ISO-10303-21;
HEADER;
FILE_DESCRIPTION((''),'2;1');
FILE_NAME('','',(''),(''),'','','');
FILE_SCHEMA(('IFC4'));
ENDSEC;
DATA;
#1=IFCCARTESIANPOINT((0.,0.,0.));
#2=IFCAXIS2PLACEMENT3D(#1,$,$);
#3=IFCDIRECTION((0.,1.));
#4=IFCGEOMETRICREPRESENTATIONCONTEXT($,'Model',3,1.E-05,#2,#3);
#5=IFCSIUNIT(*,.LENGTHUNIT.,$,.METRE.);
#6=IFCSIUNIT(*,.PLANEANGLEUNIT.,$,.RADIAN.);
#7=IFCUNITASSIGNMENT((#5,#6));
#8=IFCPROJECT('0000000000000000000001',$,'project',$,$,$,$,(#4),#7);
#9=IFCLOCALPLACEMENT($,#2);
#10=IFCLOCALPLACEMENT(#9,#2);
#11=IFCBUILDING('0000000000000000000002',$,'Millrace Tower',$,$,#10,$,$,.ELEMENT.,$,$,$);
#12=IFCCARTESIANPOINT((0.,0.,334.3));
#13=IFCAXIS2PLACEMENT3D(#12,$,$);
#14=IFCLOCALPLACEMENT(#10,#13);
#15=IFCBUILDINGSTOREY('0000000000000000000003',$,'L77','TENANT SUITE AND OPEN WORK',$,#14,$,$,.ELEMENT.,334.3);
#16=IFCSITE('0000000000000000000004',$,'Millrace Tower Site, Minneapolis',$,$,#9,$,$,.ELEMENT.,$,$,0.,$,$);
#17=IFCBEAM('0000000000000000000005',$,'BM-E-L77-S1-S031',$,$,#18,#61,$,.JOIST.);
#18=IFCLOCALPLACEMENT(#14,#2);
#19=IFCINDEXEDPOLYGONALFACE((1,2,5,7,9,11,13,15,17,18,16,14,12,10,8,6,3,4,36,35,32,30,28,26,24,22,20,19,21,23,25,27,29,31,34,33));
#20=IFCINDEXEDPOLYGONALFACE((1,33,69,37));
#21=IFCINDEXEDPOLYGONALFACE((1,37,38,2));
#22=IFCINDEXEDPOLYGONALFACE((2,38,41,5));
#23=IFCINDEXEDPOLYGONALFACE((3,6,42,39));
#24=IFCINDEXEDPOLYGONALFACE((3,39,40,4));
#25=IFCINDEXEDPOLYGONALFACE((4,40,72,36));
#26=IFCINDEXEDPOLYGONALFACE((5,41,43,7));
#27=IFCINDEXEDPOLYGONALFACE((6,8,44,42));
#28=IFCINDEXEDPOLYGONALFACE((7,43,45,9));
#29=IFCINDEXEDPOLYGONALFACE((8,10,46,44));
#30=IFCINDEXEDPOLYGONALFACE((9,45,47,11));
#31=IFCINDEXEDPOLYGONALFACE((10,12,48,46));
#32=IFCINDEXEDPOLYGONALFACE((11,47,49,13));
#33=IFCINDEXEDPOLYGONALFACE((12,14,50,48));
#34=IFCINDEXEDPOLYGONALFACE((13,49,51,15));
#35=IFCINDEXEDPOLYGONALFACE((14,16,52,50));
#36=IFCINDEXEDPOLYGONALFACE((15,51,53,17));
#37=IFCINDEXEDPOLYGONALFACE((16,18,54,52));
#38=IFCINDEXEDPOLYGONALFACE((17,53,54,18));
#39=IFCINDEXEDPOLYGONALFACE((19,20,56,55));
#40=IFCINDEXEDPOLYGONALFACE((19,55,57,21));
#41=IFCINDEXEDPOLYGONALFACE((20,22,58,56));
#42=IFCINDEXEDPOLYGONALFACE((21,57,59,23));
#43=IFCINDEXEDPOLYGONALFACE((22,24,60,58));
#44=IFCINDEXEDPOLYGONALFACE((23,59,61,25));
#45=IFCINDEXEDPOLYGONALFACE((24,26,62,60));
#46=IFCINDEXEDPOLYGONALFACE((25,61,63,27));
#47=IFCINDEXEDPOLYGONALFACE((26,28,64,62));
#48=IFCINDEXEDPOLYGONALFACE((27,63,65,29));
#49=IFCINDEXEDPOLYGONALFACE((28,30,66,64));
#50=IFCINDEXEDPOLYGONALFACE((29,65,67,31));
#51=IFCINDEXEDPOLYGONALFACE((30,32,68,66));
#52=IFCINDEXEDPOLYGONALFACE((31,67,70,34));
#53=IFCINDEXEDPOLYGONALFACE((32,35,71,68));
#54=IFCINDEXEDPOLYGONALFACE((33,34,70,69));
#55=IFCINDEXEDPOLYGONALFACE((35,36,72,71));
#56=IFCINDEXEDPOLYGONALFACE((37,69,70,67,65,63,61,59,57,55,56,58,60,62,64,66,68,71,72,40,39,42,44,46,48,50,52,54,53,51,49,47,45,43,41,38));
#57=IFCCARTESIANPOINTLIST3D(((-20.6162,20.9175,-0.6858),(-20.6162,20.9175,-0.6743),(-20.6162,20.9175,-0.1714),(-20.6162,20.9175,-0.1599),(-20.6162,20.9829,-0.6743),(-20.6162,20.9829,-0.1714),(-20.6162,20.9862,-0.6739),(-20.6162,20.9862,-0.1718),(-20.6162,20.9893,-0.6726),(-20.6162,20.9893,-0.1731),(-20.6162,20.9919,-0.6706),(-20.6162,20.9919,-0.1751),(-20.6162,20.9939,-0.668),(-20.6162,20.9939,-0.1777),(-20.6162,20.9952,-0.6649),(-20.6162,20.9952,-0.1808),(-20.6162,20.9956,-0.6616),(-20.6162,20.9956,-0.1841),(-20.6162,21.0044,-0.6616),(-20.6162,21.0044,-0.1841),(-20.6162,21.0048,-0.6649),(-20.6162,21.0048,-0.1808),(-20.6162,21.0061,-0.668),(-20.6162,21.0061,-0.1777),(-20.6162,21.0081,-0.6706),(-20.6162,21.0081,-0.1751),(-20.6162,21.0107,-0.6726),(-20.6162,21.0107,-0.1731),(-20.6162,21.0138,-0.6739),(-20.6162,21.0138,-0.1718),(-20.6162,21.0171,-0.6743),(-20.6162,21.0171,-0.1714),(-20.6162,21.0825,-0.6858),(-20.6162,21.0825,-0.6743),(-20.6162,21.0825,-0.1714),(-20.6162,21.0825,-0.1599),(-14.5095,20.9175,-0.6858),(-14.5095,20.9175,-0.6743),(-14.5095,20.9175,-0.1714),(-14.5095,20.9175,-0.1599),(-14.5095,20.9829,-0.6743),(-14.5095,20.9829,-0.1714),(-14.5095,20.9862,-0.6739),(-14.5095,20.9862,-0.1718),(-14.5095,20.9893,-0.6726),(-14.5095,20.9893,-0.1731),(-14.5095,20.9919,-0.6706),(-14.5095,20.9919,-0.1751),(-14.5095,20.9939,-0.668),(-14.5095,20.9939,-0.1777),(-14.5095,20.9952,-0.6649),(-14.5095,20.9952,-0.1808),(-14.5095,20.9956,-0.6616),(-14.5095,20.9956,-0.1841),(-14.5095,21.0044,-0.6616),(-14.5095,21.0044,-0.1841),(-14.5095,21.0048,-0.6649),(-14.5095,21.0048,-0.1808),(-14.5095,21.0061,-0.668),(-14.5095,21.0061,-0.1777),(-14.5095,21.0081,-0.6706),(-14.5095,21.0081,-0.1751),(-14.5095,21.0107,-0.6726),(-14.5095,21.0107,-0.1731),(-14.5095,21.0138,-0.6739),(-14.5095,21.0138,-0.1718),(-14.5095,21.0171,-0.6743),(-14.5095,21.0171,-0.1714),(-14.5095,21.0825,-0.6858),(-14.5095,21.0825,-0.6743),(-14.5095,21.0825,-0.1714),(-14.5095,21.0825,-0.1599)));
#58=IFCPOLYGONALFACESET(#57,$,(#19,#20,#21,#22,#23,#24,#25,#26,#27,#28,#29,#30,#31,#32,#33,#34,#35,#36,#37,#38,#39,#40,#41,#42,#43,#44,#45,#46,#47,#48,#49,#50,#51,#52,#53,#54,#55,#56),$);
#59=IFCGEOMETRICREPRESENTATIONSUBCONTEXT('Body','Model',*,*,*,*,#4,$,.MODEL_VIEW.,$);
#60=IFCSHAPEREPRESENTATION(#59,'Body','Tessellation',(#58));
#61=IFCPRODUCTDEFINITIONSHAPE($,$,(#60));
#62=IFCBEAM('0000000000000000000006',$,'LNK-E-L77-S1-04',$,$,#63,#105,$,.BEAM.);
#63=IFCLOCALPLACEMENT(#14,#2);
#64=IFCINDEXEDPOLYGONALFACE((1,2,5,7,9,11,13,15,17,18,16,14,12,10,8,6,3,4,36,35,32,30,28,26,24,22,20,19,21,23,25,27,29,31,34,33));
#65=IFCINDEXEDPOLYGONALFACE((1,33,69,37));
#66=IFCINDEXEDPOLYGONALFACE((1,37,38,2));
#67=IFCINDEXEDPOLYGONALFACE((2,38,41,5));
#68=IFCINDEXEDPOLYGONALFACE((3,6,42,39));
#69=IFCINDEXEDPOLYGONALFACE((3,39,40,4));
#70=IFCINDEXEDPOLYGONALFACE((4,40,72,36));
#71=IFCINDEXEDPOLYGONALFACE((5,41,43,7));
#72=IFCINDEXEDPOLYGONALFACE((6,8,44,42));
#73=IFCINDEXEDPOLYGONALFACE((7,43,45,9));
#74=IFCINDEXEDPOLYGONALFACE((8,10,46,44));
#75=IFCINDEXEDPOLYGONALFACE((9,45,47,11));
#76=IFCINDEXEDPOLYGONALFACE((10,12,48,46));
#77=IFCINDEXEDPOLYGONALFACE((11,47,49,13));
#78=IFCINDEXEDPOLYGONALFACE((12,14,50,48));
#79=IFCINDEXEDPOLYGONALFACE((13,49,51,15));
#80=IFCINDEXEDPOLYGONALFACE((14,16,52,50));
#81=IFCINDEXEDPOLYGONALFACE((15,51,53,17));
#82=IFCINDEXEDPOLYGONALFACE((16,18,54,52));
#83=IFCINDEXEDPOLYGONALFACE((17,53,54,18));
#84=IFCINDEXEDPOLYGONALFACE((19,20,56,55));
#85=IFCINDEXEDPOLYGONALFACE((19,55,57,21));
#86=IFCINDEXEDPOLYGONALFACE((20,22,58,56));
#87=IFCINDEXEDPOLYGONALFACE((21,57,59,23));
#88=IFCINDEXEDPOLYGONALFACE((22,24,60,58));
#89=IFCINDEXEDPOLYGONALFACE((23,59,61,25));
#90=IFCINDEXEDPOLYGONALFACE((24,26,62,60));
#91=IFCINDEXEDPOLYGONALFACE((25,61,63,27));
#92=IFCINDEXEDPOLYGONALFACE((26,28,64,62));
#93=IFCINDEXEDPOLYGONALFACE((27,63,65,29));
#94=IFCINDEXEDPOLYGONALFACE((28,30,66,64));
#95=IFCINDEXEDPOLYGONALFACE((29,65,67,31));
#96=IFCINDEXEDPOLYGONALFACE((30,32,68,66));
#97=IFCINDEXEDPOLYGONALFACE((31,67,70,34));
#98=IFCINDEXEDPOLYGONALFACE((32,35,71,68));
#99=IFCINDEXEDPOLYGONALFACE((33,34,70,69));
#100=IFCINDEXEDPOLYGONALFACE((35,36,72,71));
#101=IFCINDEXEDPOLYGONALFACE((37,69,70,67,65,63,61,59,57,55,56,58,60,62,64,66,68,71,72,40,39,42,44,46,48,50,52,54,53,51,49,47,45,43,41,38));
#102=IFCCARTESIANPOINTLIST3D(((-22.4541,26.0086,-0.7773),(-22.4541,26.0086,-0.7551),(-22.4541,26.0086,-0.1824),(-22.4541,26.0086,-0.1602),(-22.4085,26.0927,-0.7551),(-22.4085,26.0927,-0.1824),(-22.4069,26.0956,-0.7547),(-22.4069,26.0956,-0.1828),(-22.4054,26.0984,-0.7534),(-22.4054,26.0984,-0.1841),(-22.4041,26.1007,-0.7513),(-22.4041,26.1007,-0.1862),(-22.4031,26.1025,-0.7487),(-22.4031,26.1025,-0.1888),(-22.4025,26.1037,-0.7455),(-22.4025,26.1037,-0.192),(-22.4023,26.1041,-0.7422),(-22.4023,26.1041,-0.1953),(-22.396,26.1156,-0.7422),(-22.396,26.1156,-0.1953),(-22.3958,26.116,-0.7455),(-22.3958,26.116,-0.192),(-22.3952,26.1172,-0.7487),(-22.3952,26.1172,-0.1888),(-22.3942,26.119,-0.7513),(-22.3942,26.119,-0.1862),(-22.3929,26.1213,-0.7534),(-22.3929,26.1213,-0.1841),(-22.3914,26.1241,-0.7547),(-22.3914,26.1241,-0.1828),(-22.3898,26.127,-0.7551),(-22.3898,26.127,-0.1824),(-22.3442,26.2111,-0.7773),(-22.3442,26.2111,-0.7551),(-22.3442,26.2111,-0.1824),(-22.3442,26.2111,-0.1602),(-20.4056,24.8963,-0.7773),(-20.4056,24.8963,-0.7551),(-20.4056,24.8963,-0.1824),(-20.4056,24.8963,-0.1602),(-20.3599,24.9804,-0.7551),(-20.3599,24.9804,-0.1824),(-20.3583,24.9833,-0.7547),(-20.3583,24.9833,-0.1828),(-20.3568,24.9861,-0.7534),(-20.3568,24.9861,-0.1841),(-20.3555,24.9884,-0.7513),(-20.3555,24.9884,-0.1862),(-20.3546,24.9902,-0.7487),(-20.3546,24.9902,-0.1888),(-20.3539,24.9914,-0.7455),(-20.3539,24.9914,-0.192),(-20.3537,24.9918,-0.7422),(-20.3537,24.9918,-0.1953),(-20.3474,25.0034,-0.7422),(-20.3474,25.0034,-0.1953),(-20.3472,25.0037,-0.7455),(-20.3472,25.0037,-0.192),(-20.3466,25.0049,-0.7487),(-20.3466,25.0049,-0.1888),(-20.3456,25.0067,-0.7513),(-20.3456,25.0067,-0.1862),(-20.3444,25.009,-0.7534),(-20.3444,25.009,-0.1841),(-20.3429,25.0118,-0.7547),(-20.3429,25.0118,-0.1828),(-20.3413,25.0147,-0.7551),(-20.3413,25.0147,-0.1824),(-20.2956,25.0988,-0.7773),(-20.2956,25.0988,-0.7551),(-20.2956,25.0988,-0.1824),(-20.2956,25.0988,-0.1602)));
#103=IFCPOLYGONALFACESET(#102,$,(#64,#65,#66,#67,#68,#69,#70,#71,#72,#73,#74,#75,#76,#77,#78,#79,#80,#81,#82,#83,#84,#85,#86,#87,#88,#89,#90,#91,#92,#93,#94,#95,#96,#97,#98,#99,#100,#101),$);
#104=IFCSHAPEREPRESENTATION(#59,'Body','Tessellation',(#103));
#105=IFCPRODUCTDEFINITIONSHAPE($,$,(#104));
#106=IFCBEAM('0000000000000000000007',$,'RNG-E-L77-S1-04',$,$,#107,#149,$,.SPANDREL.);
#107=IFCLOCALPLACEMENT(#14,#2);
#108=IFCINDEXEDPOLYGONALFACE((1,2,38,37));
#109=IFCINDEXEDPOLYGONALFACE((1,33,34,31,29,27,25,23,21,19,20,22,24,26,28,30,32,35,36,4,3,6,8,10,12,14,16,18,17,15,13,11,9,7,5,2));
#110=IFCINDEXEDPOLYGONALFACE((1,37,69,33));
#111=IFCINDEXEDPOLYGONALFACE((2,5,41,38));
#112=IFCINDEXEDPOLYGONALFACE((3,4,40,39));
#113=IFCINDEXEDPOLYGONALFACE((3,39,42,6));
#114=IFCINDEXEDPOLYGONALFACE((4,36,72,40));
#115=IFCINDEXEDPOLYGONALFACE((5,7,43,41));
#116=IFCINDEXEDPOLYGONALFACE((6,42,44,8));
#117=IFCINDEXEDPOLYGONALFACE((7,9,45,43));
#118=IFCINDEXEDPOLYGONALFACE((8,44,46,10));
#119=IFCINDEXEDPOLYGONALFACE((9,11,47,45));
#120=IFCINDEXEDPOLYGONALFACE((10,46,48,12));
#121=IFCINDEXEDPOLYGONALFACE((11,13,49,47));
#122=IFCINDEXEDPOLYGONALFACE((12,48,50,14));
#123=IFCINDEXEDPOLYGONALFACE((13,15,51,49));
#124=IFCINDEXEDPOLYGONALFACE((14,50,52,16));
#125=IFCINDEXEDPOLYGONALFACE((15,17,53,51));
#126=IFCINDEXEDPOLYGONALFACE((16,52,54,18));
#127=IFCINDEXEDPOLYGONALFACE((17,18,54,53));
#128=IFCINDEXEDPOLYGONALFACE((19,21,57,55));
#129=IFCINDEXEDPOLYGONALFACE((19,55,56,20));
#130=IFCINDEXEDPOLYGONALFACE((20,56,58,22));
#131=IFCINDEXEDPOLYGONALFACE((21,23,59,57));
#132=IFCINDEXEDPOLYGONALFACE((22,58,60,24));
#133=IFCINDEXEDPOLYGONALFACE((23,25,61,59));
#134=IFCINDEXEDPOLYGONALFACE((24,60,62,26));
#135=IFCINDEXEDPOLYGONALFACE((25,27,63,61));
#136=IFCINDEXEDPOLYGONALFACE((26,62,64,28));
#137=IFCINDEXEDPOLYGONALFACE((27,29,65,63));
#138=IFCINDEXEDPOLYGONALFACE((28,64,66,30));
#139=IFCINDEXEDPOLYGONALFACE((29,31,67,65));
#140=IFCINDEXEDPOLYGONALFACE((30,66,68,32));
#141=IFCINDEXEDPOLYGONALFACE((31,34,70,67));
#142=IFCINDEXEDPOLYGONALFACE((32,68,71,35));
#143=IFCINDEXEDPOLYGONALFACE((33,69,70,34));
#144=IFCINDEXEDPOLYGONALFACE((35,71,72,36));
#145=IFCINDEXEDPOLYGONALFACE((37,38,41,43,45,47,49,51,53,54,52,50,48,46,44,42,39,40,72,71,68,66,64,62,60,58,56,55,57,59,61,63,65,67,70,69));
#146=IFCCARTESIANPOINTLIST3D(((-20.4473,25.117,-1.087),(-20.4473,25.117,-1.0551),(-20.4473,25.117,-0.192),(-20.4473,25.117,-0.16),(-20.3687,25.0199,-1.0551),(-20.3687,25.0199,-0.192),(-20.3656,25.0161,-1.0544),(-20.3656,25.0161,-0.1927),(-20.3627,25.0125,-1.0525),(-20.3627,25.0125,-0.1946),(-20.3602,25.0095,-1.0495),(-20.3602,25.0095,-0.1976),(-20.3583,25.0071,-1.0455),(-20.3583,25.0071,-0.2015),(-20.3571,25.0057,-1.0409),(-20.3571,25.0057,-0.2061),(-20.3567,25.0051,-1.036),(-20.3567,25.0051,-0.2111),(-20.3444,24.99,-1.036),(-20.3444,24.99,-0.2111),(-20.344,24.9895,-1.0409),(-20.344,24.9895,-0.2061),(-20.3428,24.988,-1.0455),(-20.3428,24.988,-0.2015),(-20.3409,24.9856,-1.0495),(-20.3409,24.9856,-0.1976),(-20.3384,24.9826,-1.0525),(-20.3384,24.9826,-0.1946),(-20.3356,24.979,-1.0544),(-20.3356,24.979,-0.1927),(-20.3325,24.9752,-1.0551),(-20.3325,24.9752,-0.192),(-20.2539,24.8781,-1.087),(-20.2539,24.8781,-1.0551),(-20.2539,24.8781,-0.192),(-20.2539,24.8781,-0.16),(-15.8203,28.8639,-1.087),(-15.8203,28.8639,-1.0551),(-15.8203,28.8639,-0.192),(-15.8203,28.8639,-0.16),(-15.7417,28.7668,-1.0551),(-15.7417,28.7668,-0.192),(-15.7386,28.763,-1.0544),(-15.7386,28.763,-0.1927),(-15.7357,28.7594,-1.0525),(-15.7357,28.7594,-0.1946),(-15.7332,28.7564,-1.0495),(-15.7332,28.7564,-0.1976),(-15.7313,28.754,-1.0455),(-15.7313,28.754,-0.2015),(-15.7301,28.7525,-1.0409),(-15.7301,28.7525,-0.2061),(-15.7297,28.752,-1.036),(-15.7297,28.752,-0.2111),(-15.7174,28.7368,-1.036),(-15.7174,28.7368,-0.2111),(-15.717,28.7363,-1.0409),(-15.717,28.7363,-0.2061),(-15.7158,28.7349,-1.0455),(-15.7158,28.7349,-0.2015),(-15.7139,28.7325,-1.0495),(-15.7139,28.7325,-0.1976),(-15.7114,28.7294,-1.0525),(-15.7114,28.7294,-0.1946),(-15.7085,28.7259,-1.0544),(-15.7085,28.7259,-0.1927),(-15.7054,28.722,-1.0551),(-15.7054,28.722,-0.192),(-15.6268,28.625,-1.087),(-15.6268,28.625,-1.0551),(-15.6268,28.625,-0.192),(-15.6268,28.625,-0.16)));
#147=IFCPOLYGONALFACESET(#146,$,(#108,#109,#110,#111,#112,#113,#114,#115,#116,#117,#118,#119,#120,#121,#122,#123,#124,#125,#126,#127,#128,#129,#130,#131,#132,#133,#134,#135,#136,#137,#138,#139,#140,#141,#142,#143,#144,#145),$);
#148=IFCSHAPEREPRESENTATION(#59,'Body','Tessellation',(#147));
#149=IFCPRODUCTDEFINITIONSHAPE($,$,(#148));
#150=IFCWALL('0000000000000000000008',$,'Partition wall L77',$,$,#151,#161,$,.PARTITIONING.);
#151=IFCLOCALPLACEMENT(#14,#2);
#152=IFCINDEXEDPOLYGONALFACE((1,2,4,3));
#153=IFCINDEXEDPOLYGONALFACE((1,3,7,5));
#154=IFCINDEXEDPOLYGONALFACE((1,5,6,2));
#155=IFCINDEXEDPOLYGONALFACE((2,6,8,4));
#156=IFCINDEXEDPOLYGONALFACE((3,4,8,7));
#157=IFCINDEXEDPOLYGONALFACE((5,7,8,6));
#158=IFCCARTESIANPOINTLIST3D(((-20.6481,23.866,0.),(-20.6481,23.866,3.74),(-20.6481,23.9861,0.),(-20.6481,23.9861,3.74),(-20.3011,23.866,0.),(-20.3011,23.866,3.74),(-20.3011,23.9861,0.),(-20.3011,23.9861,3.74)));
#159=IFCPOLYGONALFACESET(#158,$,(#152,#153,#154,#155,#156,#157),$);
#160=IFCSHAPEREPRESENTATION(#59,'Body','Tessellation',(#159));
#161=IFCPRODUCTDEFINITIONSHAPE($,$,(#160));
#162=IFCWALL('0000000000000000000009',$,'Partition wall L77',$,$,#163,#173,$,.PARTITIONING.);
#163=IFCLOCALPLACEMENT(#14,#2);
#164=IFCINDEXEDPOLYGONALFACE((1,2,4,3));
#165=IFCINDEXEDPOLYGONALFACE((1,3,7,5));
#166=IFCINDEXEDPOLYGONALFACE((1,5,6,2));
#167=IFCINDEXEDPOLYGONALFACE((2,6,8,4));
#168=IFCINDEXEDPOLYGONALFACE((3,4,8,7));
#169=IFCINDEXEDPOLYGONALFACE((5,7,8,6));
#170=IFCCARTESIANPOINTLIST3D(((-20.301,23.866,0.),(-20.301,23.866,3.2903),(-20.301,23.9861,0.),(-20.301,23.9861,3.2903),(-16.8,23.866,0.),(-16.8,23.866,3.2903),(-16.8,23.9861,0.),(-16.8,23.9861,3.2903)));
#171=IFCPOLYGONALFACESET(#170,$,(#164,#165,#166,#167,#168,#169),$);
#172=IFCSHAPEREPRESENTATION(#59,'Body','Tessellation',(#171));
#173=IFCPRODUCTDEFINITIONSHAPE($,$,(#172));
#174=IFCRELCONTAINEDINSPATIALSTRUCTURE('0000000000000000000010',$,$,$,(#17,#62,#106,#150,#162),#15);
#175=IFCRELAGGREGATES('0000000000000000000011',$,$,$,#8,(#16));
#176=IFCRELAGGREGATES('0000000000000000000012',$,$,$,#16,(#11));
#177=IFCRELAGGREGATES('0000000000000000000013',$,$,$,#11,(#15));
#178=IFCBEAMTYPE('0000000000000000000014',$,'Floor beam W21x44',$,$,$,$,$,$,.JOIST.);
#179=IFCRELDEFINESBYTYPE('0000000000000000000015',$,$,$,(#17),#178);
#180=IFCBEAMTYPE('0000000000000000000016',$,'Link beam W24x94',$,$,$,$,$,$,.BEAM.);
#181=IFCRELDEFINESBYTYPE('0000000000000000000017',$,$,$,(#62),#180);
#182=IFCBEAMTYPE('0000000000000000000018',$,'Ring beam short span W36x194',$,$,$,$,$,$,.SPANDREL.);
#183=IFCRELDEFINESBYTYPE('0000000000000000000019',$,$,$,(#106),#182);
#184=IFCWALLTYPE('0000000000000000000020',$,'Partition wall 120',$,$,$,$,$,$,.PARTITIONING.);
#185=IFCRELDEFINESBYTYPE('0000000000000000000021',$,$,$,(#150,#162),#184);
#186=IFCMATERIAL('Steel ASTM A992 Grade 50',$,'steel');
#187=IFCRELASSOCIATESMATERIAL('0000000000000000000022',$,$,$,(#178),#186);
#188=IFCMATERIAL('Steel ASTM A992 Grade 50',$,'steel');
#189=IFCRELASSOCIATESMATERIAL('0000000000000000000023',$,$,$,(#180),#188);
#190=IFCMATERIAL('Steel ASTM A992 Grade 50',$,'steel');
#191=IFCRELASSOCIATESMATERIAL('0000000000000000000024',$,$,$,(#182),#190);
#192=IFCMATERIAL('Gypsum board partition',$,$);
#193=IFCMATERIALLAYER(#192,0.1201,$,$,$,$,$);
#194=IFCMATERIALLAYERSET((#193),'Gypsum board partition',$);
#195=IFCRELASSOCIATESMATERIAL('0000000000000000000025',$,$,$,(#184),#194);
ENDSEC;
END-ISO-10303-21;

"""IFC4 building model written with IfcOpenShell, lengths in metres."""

from ifc_helpers import new_model, si_unit, direction, frame, frame_2d, origin, origin_2d, place, context, subcontext, project, spatial, rectangle, i_section, extrude, material, layer, layer_set, material_profile, profile_set, type_object, element, save


model = new_model("IFC4")

# Units and contexts
model_context = context("Model", 3, precision=1e-05, world=origin(), true_north=direction((0.0, 1.0)))
body_context = subcontext(model_context, "Body", "Model", "MODEL_VIEW")
ifc_project = project(units=[si_unit("LENGTHUNIT", "METRE"), si_unit("PLANEANGLEUNIT", "RADIAN")], contexts=[model_context])

# Site, building, storey
site_placement = place(None, origin())
site = spatial("IfcSite", under=ifc_project, at=site_placement, Name="Millrace Tower Site, Minneapolis", CompositionType="ELEMENT", RefElevation=0.0)
building_placement = place(site_placement, origin())
building = spatial("IfcBuilding", under=site, at=building_placement, Name="Millrace Tower", CompositionType="ELEMENT")
storey_placement = place(building_placement, frame((0.0, 0.0, 334.3)))
storey = spatial("IfcBuildingStorey", under=building, at=storey_placement, Name="L77", Description="TENANT SUITE AND OPEN WORK", CompositionType="ELEMENT", Elevation=334.3)

# Beams
ifc_material_1 = material(Name="Steel ASTM A992 Grade 50", Category="steel")
ifc_material_profile_1 = material_profile(ifc_material_1, i_section(OverallWidth=0.165, OverallDepth=0.5259, WebThickness=0.0088, FlangeThickness=0.0115, FilletRadius=0.0127, at=origin_2d()))
ifc_profile_set_1 = profile_set([ifc_material_profile_1], Name="Steel ASTM A992 Grade 50")
beam_type_1 = type_object("IfcBeamType", Name="Floor beam W21x44", PredefinedType="JOIST", material=ifc_profile_set_1)
beam_1_placement = place(storey_placement, frame((-20.6162, 21.0, -0.4229), z_axis=(1.0, 0.0, 0.0), x_axis=(0.0, 1.0, 0.0)))
element("IfcBeam", 1, at=beam_1_placement, inside=storey, type_object=beam_type_1, Name="BM-E-L77-S1-S031", PredefinedType="JOIST", context=body_context, shape_type="SweptSolid", body=[
    extrude(i_section(OverallWidth=0.165, OverallDepth=0.5259, WebThickness=0.0088, FlangeThickness=0.0115, FilletRadius=0.0127, at=origin_2d()), origin(), (0.0, 0.0, 1.0), 6.1067),
])
ifc_material_2 = material(Name="Steel ASTM A992 Grade 50", Category="steel")
ifc_material_profile_2 = material_profile(ifc_material_2, i_section(OverallWidth=0.2305, OverallDepth=0.6172, WebThickness=0.0132, FlangeThickness=0.0222, FilletRadius=0.0129, at=origin_2d()))
ifc_profile_set_2 = profile_set([ifc_material_profile_2], Name="Steel ASTM A992 Grade 50")
beam_type_2 = type_object("IfcBeamType", Name="Link beam W24x94", PredefinedType="BEAM", material=ifc_profile_set_2)
beam_2_placement = place(storey_placement, frame((-20.3506, 24.9976, -0.4688), z_axis=(-0.878815, 0.477164, 0.0), x_axis=(-0.477164, -0.878815, 0.0)))
element("IfcBeam", 2, at=beam_2_placement, inside=storey, type_object=beam_type_2, Name="LNK-E-L77-S1-04", PredefinedType="BEAM", context=body_context, shape_type="SweptSolid", body=[
    extrude(i_section(OverallWidth=0.2305, OverallDepth=0.6172, WebThickness=0.0132, FlangeThickness=0.0222, FilletRadius=0.0129, at=origin_2d()), origin(), (0.0, 0.0, 1.0), 2.3311),
])
ifc_material_3 = material(Name="Steel ASTM A992 Grade 50", Category="steel")
ifc_material_profile_3 = material_profile(ifc_material_3, i_section(OverallWidth=0.3074, OverallDepth=0.927, WebThickness=0.0195, FlangeThickness=0.032, FilletRadius=0.019, at=origin_2d()))
ifc_profile_set_3 = profile_set([ifc_material_profile_3], Name="Steel ASTM A992 Grade 50")
beam_type_3 = type_object("IfcBeamType", Name="Ring beam short span W36x194", PredefinedType="SPANDREL", material=ifc_profile_set_3)
beam_3_placement = place(storey_placement, frame((-20.3506, 24.9976, -0.6235), z_axis=(0.777147, 0.62932, 0.0), x_axis=(-0.62932, 0.777147, 0.0)))
element("IfcBeam", 3, at=beam_3_placement, inside=storey, type_object=beam_type_3, Name="RNG-E-L77-S1-04", PredefinedType="SPANDREL", context=body_context, shape_type="SweptSolid", body=[
    extrude(i_section(OverallWidth=0.3074, OverallDepth=0.927, WebThickness=0.0195, FlangeThickness=0.032, FilletRadius=0.019, at=origin_2d()), origin(), (0.0, 0.0, 1.0), 5.9539),
])

# Walls
ifc_material_4 = material(Name="Gypsum board partition")
ifc_layer_1 = layer(ifc_material_4, 0.1201)
ifc_layer_set_1 = layer_set([ifc_layer_1], Name="Gypsum board partition")
wall_type = type_object("IfcWallType", Name="Partition wall 120", PredefinedType="PARTITIONING", material=ifc_layer_set_1)
wall_1_placement = place(storey_placement, frame((-20.6479, 23.926, 0.0), z_axis=(0.0, 0.0, 1.0), x_axis=(1.0, 0.0, 0.0)))
element("IfcWall", 4, at=wall_1_placement, inside=storey, type_object=wall_type, Name="Partition wall L77", PredefinedType="PARTITIONING", context=body_context, shape_type="SweptSolid", body=[
    extrude(rectangle(XDim=0.3469, YDim=0.1201, at=frame_2d((0.1733, 0.0))), origin(), (0.0, 0.0, 1.0), 3.74),
])
wall_2_placement = place(storey_placement, frame((-20.301, 23.926, 0.0), z_axis=(0.0, 0.0, 1.0), x_axis=(1.0, 0.0, 0.0)))
element("IfcWall", 5, at=wall_2_placement, inside=storey, type_object=wall_type, Name="Partition wall L77", PredefinedType="PARTITIONING", context=body_context, shape_type="SweptSolid", body=[
    extrude(rectangle(XDim=3.501, YDim=0.1201, at=frame_2d((1.7505, 0.0))), origin(), (0.0, 0.0, 1.0), 3.2903),
])

save(model, "model.ifc")
